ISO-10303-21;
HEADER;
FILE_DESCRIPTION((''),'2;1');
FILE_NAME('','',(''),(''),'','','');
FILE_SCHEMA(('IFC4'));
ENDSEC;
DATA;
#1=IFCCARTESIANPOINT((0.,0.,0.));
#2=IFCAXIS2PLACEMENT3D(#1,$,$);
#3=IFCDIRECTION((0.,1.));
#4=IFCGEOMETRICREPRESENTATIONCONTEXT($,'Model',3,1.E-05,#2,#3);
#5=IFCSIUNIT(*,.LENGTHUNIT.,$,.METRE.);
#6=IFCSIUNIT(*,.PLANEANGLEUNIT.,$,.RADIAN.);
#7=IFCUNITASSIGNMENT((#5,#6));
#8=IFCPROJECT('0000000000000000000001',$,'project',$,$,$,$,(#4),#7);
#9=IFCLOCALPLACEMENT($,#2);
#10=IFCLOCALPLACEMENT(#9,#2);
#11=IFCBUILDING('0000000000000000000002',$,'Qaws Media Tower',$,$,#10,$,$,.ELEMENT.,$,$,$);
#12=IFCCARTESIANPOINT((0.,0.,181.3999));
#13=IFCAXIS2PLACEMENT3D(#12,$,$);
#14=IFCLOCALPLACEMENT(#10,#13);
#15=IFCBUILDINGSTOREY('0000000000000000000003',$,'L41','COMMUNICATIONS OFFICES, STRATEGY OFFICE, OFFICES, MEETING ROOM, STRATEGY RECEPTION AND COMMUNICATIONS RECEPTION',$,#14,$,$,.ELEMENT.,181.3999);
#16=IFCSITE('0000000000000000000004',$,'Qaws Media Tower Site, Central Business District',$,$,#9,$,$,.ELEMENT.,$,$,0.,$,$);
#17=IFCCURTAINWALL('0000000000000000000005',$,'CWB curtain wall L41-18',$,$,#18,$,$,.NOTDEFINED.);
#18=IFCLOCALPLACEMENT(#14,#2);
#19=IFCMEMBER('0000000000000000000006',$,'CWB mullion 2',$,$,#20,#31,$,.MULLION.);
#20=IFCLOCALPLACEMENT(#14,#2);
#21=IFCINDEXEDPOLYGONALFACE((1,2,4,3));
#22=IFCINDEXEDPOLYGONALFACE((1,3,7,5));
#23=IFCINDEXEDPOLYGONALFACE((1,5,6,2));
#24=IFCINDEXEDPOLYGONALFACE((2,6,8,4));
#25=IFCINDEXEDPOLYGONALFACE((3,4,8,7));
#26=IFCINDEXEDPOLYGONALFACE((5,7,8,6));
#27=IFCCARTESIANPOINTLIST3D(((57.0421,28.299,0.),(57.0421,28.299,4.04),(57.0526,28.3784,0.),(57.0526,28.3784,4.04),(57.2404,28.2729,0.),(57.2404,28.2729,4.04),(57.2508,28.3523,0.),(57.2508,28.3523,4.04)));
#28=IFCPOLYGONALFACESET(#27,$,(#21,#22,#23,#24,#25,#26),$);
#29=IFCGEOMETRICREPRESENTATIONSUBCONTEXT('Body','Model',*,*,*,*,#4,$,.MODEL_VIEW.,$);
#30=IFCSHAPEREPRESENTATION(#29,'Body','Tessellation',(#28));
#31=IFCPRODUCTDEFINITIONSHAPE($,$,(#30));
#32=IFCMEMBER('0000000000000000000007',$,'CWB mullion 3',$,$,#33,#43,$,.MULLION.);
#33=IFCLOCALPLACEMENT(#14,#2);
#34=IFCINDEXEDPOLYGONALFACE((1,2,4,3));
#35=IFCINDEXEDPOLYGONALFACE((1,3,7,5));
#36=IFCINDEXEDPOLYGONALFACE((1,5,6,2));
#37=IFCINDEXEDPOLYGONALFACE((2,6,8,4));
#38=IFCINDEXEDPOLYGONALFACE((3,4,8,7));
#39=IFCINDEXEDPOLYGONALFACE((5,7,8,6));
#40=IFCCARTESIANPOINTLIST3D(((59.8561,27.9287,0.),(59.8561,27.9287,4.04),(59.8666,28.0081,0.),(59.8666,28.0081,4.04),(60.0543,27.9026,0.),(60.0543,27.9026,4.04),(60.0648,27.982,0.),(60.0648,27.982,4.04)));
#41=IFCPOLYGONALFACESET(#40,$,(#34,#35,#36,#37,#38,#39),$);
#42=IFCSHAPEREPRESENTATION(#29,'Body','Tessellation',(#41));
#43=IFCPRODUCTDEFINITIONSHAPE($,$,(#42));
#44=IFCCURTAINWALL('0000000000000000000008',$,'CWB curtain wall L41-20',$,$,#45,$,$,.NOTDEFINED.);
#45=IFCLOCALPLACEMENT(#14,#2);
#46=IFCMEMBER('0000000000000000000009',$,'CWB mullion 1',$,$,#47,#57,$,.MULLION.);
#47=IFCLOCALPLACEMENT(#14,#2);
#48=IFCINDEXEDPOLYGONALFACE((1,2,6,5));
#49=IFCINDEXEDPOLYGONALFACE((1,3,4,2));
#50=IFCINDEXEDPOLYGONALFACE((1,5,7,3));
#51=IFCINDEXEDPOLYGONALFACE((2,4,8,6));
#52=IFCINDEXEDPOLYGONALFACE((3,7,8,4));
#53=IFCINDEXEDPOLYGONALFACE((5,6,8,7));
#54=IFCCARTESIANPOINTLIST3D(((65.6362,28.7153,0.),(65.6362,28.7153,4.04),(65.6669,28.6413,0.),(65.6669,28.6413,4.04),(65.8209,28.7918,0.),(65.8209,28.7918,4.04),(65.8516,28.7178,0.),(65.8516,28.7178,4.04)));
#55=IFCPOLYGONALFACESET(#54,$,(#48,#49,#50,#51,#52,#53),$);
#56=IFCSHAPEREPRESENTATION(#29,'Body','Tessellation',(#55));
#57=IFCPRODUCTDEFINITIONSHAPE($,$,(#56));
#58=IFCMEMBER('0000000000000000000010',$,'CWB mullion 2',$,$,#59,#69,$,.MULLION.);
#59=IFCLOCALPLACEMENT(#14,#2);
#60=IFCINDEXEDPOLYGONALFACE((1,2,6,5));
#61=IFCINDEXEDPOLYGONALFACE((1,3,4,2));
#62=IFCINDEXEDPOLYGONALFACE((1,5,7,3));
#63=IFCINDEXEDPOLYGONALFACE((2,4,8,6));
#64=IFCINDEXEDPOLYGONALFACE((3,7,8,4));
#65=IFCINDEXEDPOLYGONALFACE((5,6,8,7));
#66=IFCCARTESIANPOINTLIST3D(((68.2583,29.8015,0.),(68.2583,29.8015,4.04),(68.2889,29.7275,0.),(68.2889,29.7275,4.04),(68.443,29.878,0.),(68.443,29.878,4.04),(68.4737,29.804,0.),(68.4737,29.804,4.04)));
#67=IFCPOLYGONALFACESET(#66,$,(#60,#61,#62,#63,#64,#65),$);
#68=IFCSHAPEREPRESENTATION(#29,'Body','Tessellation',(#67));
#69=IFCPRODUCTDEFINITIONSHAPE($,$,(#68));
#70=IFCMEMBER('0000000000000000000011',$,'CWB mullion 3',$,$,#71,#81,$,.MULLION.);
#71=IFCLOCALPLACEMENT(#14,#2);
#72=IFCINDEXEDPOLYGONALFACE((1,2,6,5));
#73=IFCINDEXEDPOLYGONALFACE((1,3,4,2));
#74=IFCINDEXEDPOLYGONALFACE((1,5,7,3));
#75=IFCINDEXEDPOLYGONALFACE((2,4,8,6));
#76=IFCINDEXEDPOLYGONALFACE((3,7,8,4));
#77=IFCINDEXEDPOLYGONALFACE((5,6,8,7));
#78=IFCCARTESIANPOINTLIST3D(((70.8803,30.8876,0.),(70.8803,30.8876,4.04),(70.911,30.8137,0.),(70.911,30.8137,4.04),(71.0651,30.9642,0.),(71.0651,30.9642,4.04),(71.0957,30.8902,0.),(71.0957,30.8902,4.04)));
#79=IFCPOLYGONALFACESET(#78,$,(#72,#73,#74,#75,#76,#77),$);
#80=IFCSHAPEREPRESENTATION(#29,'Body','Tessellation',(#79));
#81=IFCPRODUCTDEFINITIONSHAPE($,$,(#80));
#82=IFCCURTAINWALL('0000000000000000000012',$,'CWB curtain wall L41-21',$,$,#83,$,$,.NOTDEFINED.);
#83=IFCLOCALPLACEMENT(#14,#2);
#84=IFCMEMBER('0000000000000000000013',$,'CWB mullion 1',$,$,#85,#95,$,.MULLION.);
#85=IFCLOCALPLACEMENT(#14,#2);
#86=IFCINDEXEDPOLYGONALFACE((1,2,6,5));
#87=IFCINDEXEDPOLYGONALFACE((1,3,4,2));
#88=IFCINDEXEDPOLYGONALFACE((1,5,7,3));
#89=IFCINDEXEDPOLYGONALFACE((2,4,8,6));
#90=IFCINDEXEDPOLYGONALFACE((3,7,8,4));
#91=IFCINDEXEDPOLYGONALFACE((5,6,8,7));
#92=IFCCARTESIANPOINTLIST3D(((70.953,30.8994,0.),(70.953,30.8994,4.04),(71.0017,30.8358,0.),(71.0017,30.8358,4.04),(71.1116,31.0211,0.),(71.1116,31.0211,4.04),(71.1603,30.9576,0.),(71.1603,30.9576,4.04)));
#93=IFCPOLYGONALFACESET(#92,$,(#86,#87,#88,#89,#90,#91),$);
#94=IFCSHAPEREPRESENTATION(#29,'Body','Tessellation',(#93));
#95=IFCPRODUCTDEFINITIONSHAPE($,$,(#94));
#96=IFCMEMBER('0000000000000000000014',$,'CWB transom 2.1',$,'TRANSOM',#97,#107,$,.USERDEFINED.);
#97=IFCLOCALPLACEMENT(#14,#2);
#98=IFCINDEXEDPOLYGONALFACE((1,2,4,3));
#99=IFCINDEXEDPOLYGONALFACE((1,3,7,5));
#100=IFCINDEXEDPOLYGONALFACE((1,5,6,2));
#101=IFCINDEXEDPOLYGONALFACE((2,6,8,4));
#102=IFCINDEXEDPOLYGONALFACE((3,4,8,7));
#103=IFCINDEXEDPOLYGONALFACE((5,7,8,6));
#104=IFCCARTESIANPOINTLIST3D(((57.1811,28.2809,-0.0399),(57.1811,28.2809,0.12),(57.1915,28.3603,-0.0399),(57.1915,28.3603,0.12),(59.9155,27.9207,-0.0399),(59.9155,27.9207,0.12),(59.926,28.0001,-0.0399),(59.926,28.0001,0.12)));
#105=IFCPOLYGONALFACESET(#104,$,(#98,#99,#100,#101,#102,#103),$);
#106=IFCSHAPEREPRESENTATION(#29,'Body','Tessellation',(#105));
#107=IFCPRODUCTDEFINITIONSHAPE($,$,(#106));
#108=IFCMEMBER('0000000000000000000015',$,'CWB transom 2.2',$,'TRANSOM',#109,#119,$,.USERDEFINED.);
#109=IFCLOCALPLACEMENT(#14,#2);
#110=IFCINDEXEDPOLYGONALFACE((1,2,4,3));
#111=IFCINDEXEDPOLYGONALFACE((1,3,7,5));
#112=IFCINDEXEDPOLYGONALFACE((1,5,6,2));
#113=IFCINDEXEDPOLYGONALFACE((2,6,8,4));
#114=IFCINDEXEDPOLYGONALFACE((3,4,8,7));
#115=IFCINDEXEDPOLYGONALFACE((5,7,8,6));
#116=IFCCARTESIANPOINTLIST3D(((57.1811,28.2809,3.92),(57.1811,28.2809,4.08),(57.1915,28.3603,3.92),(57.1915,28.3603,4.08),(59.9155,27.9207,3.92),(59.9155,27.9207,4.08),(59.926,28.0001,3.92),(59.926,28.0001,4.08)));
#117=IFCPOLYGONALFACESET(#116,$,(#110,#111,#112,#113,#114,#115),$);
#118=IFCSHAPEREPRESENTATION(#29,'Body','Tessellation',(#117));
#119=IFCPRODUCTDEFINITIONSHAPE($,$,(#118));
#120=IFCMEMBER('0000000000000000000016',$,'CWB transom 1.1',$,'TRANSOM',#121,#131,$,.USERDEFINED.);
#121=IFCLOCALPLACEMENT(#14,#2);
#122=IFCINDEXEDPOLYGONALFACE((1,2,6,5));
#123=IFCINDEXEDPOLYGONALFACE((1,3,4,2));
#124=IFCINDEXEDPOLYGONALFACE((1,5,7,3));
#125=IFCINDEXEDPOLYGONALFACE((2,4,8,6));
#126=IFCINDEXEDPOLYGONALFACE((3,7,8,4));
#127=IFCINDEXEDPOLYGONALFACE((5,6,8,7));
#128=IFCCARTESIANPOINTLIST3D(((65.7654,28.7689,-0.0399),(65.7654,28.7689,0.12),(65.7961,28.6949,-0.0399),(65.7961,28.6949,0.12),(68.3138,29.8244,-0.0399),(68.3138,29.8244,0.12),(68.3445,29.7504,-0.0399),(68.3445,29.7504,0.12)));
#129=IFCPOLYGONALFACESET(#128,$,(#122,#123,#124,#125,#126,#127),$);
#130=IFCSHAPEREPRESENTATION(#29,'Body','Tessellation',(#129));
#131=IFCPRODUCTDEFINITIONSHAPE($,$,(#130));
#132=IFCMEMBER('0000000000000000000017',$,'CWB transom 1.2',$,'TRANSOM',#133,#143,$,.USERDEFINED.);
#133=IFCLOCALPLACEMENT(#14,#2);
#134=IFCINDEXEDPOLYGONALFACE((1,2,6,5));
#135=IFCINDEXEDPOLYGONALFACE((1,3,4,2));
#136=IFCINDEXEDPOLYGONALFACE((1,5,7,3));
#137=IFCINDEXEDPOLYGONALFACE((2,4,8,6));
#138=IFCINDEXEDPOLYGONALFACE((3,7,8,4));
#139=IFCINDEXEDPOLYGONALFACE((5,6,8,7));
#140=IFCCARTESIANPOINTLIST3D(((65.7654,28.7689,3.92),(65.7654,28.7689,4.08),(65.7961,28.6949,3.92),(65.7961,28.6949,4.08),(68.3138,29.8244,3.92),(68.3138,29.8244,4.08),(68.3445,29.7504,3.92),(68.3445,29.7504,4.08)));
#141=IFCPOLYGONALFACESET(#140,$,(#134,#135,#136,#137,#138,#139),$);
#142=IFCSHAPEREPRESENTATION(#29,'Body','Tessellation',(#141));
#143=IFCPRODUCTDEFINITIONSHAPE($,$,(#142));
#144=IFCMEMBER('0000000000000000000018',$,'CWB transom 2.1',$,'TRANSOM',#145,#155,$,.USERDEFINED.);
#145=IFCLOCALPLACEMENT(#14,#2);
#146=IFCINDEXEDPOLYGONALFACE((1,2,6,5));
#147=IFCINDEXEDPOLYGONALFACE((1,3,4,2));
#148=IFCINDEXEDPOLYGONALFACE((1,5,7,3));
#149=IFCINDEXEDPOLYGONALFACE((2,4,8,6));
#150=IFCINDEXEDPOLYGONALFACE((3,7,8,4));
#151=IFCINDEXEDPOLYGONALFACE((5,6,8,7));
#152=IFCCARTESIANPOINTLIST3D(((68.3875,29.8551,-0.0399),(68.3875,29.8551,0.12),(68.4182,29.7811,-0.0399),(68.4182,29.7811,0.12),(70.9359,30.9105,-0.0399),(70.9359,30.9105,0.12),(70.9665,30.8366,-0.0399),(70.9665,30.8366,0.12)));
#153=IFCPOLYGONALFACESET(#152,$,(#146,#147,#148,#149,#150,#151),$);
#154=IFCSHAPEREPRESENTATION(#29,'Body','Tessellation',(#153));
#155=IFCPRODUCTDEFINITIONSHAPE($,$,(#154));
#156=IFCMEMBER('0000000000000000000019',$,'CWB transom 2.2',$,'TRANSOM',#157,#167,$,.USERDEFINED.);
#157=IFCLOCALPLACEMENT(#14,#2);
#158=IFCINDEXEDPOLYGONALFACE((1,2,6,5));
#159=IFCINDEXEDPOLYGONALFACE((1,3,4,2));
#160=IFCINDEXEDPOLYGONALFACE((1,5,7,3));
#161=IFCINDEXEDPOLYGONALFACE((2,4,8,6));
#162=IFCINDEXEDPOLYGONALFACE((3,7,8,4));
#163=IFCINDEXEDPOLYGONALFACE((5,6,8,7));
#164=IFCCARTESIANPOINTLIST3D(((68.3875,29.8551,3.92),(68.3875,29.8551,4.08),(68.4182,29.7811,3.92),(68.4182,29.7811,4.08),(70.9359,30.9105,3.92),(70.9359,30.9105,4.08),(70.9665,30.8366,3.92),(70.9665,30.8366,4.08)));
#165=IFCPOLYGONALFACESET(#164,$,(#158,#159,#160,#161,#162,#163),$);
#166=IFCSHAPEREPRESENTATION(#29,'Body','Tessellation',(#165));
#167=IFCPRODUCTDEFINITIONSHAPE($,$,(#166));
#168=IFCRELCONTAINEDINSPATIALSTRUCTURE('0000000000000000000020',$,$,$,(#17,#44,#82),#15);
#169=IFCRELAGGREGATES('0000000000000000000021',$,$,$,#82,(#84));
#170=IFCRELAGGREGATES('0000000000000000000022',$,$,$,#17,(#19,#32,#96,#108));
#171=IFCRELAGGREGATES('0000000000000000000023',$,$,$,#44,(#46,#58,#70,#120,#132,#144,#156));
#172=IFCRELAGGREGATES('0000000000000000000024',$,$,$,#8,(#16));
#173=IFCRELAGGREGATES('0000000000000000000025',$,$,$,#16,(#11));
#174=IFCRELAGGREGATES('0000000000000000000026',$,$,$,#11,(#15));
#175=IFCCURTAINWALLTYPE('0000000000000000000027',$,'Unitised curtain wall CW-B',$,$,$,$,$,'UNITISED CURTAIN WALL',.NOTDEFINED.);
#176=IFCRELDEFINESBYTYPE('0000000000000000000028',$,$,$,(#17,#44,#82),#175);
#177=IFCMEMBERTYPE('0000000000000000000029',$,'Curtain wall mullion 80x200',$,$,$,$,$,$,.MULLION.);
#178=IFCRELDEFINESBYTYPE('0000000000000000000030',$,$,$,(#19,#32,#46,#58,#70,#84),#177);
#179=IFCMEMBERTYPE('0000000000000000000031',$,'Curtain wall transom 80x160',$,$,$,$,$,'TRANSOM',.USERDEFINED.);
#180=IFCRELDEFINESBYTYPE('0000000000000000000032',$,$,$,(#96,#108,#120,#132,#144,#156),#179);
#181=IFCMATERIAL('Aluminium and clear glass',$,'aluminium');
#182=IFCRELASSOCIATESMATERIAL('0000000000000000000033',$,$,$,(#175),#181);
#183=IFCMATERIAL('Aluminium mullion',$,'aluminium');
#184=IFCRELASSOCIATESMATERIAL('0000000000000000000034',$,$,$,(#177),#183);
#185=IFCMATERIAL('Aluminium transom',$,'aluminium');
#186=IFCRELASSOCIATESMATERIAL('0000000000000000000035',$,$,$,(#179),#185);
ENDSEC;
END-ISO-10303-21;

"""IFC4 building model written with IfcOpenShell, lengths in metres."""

from ifc_helpers import new_model, si_unit, direction, frame, origin, origin_2d, place, context, subcontext, project, spatial, rectangle, extrude, material, material_profile, profile_set, type_object, element, aggregate, save


model = new_model("IFC4")

# Units and contexts
model_context = context("Model", 3, precision=1e-05, world=origin(), true_north=direction((0.0, 1.0)))
body_context = subcontext(model_context, "Body", "Model", "MODEL_VIEW")
ifc_project = project(units=[si_unit("LENGTHUNIT", "METRE"), si_unit("PLANEANGLEUNIT", "RADIAN")], contexts=[model_context])

# Site, building, storey
site_placement = place(None, origin())
site = spatial("IfcSite", under=ifc_project, at=site_placement, Name="Qaws Media Tower Site, Central Business District", CompositionType="ELEMENT", RefElevation=0.0)
building_placement = place(site_placement, origin())
building = spatial("IfcBuilding", under=site, at=building_placement, Name="Qaws Media Tower", CompositionType="ELEMENT")
storey_placement = place(building_placement, frame((0.0, 0.0, 181.3999)))
storey = spatial("IfcBuildingStorey", under=building, at=storey_placement, Name="L41", Description="COMMUNICATIONS OFFICES, STRATEGY OFFICE, OFFICES, MEETING ROOM, STRATEGY RECEPTION AND COMMUNICATIONS RECEPTION", CompositionType="ELEMENT", Elevation=181.3999)

# Curtain walls, members
ifc_material_1 = material(Name="Aluminium and clear glass", Category="aluminium")
curtain_wall_type = type_object("IfcCurtainWallType", Name="Unitised curtain wall CW-B", ElementType="UNITISED CURTAIN WALL", PredefinedType="NOTDEFINED", material=ifc_material_1)
curtain_wall_1_placement = place(storey_placement, origin())
curtain_wall_1 = element("IfcCurtainWall", 1, at=curtain_wall_1_placement, inside=storey, type_object=curtain_wall_type, Name="CWB curtain wall L41-18", PredefinedType="NOTDEFINED")
ifc_material_2 = material(Name="Aluminium mullion", Category="aluminium")
ifc_material_profile_1 = material_profile(ifc_material_2, rectangle(XDim=0.0801, YDim=0.2, at=origin_2d()), Name="80x200")
ifc_profile_set_1 = profile_set([ifc_material_profile_1], Name="Aluminium mullion")
member_type_1 = type_object("IfcMemberType", Name="Curtain wall mullion 80x200", PredefinedType="MULLION", material=ifc_profile_set_1)
member_1_placement = place(storey_placement, frame((57.1465, 28.3257, 0.0), z_axis=(0.0, 0.0, 1.0), x_axis=(0.130526, 0.991445, 0.0)))
member_1 = element("IfcMember", 2, at=member_1_placement, type_object=member_type_1, Name="CWB mullion 2", PredefinedType="MULLION", context=body_context, shape_type="SweptSolid", body=[
    extrude(rectangle(XDim=0.0801, YDim=0.2, at=origin_2d()), origin(), (0.0, 0.0, 1.0), 4.04),
])
member_2_placement = place(storey_placement, frame((59.9604, 27.9553, 0.0), z_axis=(0.0, 0.0, 1.0), x_axis=(0.130526, 0.991445, 0.0)))
member_2 = element("IfcMember", 3, at=member_2_placement, type_object=member_type_1, Name="CWB mullion 3", PredefinedType="MULLION", context=body_context, shape_type="SweptSolid", body=[
    extrude(rectangle(XDim=0.0801, YDim=0.2, at=origin_2d()), origin(), (0.0, 0.0, 1.0), 4.04),
])
curtain_wall_2_placement = place(storey_placement, origin())
curtain_wall_2 = element("IfcCurtainWall", 4, at=curtain_wall_2_placement, inside=storey, type_object=curtain_wall_type, Name="CWB curtain wall L41-20", PredefinedType="NOTDEFINED")
member_3_placement = place(storey_placement, frame((65.7439, 28.7166, 0.0), z_axis=(0.0, 0.0, 1.0), x_axis=(-0.382683, 0.92388, 0.0)))
member_3 = element("IfcMember", 5, at=member_3_placement, type_object=member_type_1, Name="CWB mullion 1", PredefinedType="MULLION", context=body_context, shape_type="SweptSolid", body=[
    extrude(rectangle(XDim=0.0801, YDim=0.2, at=origin_2d()), origin(), (0.0, 0.0, 1.0), 4.04),
])
member_4_placement = place(storey_placement, frame((68.366, 29.8027, 0.0), z_axis=(0.0, 0.0, 1.0), x_axis=(-0.382683, 0.92388, 0.0)))
member_4 = element("IfcMember", 6, at=member_4_placement, type_object=member_type_1, Name="CWB mullion 2", PredefinedType="MULLION", context=body_context, shape_type="SweptSolid", body=[
    extrude(rectangle(XDim=0.0801, YDim=0.2, at=origin_2d()), origin(), (0.0, 0.0, 1.0), 4.04),
])
member_5_placement = place(storey_placement, frame((70.988, 30.8889, 0.0), z_axis=(0.0, 0.0, 1.0), x_axis=(-0.382683, 0.92388, 0.0)))
member_5 = element("IfcMember", 7, at=member_5_placement, type_object=member_type_1, Name="CWB mullion 3", PredefinedType="MULLION", context=body_context, shape_type="SweptSolid", body=[
    extrude(rectangle(XDim=0.0801, YDim=0.2, at=origin_2d()), origin(), (0.0, 0.0, 1.0), 4.04),
])

# Curtain wall, member
curtain_wall_3_placement = place(storey_placement, origin())
curtain_wall_3 = element("IfcCurtainWall", 8, at=curtain_wall_3_placement, inside=storey, type_object=curtain_wall_type, Name="CWB curtain wall L41-21", PredefinedType="NOTDEFINED")
member_6_placement = place(storey_placement, frame((71.0566, 30.9285, 0.0), z_axis=(0.0, 0.0, 1.0), x_axis=(-0.608761, 0.793353, 0.0)))
member_6 = element("IfcMember", 9, at=member_6_placement, type_object=member_type_1, Name="CWB mullion 1", PredefinedType="MULLION", context=body_context, shape_type="SweptSolid", body=[
    extrude(rectangle(XDim=0.0801, YDim=0.2, at=origin_2d()), origin(), (0.0, 0.0, 1.0), 4.04),
])
aggregate(curtain_wall_3, [member_6])

# Members
ifc_material_3 = material(Name="Aluminium transom", Category="aluminium")
ifc_material_profile_2 = material_profile(ifc_material_3, rectangle(XDim=0.0801, YDim=0.1599, at=origin_2d()), Name="80x160")
ifc_profile_set_2 = profile_set([ifc_material_profile_2], Name="Aluminium transom")
member_type_2 = type_object("IfcMemberType", Name="Curtain wall transom 80x160", ElementType="TRANSOM", PredefinedType="USERDEFINED", material=ifc_profile_set_2)
member_7_placement = place(storey_placement, frame((57.1863, 28.3206, 0.04), z_axis=(0.991439, -0.130569, 0.0), x_axis=(0.130569, 0.991439, 0.0)))
member_7 = element("IfcMember", 10, at=member_7_placement, type_object=member_type_2, Name="CWB transom 2.1", ObjectType="TRANSOM", PredefinedType="USERDEFINED", context=body_context, shape_type="SweptSolid", body=[
    extrude(rectangle(XDim=0.0801, YDim=0.1599, at=origin_2d()), origin(), (0.0, 0.0, 1.0), 2.7581),
])
member_8_placement = place(storey_placement, frame((57.1863, 28.3206, 4.0), z_axis=(0.991439, -0.130569, 0.0), x_axis=(0.130569, 0.991439, 0.0)))
member_8 = element("IfcMember", 11, at=member_8_placement, type_object=member_type_2, Name="CWB transom 2.2", ObjectType="TRANSOM", PredefinedType="USERDEFINED", context=body_context, shape_type="SweptSolid", body=[
    extrude(rectangle(XDim=0.0801, YDim=0.1599, at=origin_2d()), origin(), (0.0, 0.0, 1.0), 2.7581),
])
member_9_placement = place(storey_placement, frame((65.7808, 28.7319, 0.04), z_axis=(0.923897, 0.382641, 0.0), x_axis=(-0.382641, 0.923897, 0.0)))
member_9 = element("IfcMember", 12, at=member_9_placement, type_object=member_type_2, Name="CWB transom 1.1", ObjectType="TRANSOM", PredefinedType="USERDEFINED", context=body_context, shape_type="SweptSolid", body=[
    extrude(rectangle(XDim=0.0801, YDim=0.1599, at=origin_2d()), origin(), (0.0, 0.0, 1.0), 2.7583),
])
member_10_placement = place(storey_placement, frame((65.7808, 28.7319, 4.0), z_axis=(0.923897, 0.382641, 0.0), x_axis=(-0.382641, 0.923897, 0.0)))
member_10 = element("IfcMember", 13, at=member_10_placement, type_object=member_type_2, Name="CWB transom 1.2", ObjectType="TRANSOM", PredefinedType="USERDEFINED", context=body_context, shape_type="SweptSolid", body=[
    extrude(rectangle(XDim=0.0801, YDim=0.1599, at=origin_2d()), origin(), (0.0, 0.0, 1.0), 2.7583),
])
member_11_placement = place(storey_placement, frame((68.4028, 29.8181, 0.04), z_axis=(0.923897, 0.382641, 0.0), x_axis=(-0.382641, 0.923897, 0.0)))
member_11 = element("IfcMember", 14, at=member_11_placement, type_object=member_type_2, Name="CWB transom 2.1", ObjectType="TRANSOM", PredefinedType="USERDEFINED", context=body_context, shape_type="SweptSolid", body=[
    extrude(rectangle(XDim=0.0801, YDim=0.1599, at=origin_2d()), origin(), (0.0, 0.0, 1.0), 2.7583),
])
member_12_placement = place(storey_placement, frame((68.4028, 29.8181, 4.0), z_axis=(0.923897, 0.382641, 0.0), x_axis=(-0.382641, 0.923897, 0.0)))
member_12 = element("IfcMember", 15, at=member_12_placement, type_object=member_type_2, Name="CWB transom 2.2", ObjectType="TRANSOM", PredefinedType="USERDEFINED", context=body_context, shape_type="SweptSolid", body=[
    extrude(rectangle(XDim=0.0801, YDim=0.1599, at=origin_2d()), origin(), (0.0, 0.0, 1.0), 2.7583),
])

aggregate(curtain_wall_1, [member_1, member_2, member_7, member_8])
aggregate(curtain_wall_2, [member_3, member_4, member_5, member_9, member_10, member_11, member_12])

save(model, "model.ifc")
